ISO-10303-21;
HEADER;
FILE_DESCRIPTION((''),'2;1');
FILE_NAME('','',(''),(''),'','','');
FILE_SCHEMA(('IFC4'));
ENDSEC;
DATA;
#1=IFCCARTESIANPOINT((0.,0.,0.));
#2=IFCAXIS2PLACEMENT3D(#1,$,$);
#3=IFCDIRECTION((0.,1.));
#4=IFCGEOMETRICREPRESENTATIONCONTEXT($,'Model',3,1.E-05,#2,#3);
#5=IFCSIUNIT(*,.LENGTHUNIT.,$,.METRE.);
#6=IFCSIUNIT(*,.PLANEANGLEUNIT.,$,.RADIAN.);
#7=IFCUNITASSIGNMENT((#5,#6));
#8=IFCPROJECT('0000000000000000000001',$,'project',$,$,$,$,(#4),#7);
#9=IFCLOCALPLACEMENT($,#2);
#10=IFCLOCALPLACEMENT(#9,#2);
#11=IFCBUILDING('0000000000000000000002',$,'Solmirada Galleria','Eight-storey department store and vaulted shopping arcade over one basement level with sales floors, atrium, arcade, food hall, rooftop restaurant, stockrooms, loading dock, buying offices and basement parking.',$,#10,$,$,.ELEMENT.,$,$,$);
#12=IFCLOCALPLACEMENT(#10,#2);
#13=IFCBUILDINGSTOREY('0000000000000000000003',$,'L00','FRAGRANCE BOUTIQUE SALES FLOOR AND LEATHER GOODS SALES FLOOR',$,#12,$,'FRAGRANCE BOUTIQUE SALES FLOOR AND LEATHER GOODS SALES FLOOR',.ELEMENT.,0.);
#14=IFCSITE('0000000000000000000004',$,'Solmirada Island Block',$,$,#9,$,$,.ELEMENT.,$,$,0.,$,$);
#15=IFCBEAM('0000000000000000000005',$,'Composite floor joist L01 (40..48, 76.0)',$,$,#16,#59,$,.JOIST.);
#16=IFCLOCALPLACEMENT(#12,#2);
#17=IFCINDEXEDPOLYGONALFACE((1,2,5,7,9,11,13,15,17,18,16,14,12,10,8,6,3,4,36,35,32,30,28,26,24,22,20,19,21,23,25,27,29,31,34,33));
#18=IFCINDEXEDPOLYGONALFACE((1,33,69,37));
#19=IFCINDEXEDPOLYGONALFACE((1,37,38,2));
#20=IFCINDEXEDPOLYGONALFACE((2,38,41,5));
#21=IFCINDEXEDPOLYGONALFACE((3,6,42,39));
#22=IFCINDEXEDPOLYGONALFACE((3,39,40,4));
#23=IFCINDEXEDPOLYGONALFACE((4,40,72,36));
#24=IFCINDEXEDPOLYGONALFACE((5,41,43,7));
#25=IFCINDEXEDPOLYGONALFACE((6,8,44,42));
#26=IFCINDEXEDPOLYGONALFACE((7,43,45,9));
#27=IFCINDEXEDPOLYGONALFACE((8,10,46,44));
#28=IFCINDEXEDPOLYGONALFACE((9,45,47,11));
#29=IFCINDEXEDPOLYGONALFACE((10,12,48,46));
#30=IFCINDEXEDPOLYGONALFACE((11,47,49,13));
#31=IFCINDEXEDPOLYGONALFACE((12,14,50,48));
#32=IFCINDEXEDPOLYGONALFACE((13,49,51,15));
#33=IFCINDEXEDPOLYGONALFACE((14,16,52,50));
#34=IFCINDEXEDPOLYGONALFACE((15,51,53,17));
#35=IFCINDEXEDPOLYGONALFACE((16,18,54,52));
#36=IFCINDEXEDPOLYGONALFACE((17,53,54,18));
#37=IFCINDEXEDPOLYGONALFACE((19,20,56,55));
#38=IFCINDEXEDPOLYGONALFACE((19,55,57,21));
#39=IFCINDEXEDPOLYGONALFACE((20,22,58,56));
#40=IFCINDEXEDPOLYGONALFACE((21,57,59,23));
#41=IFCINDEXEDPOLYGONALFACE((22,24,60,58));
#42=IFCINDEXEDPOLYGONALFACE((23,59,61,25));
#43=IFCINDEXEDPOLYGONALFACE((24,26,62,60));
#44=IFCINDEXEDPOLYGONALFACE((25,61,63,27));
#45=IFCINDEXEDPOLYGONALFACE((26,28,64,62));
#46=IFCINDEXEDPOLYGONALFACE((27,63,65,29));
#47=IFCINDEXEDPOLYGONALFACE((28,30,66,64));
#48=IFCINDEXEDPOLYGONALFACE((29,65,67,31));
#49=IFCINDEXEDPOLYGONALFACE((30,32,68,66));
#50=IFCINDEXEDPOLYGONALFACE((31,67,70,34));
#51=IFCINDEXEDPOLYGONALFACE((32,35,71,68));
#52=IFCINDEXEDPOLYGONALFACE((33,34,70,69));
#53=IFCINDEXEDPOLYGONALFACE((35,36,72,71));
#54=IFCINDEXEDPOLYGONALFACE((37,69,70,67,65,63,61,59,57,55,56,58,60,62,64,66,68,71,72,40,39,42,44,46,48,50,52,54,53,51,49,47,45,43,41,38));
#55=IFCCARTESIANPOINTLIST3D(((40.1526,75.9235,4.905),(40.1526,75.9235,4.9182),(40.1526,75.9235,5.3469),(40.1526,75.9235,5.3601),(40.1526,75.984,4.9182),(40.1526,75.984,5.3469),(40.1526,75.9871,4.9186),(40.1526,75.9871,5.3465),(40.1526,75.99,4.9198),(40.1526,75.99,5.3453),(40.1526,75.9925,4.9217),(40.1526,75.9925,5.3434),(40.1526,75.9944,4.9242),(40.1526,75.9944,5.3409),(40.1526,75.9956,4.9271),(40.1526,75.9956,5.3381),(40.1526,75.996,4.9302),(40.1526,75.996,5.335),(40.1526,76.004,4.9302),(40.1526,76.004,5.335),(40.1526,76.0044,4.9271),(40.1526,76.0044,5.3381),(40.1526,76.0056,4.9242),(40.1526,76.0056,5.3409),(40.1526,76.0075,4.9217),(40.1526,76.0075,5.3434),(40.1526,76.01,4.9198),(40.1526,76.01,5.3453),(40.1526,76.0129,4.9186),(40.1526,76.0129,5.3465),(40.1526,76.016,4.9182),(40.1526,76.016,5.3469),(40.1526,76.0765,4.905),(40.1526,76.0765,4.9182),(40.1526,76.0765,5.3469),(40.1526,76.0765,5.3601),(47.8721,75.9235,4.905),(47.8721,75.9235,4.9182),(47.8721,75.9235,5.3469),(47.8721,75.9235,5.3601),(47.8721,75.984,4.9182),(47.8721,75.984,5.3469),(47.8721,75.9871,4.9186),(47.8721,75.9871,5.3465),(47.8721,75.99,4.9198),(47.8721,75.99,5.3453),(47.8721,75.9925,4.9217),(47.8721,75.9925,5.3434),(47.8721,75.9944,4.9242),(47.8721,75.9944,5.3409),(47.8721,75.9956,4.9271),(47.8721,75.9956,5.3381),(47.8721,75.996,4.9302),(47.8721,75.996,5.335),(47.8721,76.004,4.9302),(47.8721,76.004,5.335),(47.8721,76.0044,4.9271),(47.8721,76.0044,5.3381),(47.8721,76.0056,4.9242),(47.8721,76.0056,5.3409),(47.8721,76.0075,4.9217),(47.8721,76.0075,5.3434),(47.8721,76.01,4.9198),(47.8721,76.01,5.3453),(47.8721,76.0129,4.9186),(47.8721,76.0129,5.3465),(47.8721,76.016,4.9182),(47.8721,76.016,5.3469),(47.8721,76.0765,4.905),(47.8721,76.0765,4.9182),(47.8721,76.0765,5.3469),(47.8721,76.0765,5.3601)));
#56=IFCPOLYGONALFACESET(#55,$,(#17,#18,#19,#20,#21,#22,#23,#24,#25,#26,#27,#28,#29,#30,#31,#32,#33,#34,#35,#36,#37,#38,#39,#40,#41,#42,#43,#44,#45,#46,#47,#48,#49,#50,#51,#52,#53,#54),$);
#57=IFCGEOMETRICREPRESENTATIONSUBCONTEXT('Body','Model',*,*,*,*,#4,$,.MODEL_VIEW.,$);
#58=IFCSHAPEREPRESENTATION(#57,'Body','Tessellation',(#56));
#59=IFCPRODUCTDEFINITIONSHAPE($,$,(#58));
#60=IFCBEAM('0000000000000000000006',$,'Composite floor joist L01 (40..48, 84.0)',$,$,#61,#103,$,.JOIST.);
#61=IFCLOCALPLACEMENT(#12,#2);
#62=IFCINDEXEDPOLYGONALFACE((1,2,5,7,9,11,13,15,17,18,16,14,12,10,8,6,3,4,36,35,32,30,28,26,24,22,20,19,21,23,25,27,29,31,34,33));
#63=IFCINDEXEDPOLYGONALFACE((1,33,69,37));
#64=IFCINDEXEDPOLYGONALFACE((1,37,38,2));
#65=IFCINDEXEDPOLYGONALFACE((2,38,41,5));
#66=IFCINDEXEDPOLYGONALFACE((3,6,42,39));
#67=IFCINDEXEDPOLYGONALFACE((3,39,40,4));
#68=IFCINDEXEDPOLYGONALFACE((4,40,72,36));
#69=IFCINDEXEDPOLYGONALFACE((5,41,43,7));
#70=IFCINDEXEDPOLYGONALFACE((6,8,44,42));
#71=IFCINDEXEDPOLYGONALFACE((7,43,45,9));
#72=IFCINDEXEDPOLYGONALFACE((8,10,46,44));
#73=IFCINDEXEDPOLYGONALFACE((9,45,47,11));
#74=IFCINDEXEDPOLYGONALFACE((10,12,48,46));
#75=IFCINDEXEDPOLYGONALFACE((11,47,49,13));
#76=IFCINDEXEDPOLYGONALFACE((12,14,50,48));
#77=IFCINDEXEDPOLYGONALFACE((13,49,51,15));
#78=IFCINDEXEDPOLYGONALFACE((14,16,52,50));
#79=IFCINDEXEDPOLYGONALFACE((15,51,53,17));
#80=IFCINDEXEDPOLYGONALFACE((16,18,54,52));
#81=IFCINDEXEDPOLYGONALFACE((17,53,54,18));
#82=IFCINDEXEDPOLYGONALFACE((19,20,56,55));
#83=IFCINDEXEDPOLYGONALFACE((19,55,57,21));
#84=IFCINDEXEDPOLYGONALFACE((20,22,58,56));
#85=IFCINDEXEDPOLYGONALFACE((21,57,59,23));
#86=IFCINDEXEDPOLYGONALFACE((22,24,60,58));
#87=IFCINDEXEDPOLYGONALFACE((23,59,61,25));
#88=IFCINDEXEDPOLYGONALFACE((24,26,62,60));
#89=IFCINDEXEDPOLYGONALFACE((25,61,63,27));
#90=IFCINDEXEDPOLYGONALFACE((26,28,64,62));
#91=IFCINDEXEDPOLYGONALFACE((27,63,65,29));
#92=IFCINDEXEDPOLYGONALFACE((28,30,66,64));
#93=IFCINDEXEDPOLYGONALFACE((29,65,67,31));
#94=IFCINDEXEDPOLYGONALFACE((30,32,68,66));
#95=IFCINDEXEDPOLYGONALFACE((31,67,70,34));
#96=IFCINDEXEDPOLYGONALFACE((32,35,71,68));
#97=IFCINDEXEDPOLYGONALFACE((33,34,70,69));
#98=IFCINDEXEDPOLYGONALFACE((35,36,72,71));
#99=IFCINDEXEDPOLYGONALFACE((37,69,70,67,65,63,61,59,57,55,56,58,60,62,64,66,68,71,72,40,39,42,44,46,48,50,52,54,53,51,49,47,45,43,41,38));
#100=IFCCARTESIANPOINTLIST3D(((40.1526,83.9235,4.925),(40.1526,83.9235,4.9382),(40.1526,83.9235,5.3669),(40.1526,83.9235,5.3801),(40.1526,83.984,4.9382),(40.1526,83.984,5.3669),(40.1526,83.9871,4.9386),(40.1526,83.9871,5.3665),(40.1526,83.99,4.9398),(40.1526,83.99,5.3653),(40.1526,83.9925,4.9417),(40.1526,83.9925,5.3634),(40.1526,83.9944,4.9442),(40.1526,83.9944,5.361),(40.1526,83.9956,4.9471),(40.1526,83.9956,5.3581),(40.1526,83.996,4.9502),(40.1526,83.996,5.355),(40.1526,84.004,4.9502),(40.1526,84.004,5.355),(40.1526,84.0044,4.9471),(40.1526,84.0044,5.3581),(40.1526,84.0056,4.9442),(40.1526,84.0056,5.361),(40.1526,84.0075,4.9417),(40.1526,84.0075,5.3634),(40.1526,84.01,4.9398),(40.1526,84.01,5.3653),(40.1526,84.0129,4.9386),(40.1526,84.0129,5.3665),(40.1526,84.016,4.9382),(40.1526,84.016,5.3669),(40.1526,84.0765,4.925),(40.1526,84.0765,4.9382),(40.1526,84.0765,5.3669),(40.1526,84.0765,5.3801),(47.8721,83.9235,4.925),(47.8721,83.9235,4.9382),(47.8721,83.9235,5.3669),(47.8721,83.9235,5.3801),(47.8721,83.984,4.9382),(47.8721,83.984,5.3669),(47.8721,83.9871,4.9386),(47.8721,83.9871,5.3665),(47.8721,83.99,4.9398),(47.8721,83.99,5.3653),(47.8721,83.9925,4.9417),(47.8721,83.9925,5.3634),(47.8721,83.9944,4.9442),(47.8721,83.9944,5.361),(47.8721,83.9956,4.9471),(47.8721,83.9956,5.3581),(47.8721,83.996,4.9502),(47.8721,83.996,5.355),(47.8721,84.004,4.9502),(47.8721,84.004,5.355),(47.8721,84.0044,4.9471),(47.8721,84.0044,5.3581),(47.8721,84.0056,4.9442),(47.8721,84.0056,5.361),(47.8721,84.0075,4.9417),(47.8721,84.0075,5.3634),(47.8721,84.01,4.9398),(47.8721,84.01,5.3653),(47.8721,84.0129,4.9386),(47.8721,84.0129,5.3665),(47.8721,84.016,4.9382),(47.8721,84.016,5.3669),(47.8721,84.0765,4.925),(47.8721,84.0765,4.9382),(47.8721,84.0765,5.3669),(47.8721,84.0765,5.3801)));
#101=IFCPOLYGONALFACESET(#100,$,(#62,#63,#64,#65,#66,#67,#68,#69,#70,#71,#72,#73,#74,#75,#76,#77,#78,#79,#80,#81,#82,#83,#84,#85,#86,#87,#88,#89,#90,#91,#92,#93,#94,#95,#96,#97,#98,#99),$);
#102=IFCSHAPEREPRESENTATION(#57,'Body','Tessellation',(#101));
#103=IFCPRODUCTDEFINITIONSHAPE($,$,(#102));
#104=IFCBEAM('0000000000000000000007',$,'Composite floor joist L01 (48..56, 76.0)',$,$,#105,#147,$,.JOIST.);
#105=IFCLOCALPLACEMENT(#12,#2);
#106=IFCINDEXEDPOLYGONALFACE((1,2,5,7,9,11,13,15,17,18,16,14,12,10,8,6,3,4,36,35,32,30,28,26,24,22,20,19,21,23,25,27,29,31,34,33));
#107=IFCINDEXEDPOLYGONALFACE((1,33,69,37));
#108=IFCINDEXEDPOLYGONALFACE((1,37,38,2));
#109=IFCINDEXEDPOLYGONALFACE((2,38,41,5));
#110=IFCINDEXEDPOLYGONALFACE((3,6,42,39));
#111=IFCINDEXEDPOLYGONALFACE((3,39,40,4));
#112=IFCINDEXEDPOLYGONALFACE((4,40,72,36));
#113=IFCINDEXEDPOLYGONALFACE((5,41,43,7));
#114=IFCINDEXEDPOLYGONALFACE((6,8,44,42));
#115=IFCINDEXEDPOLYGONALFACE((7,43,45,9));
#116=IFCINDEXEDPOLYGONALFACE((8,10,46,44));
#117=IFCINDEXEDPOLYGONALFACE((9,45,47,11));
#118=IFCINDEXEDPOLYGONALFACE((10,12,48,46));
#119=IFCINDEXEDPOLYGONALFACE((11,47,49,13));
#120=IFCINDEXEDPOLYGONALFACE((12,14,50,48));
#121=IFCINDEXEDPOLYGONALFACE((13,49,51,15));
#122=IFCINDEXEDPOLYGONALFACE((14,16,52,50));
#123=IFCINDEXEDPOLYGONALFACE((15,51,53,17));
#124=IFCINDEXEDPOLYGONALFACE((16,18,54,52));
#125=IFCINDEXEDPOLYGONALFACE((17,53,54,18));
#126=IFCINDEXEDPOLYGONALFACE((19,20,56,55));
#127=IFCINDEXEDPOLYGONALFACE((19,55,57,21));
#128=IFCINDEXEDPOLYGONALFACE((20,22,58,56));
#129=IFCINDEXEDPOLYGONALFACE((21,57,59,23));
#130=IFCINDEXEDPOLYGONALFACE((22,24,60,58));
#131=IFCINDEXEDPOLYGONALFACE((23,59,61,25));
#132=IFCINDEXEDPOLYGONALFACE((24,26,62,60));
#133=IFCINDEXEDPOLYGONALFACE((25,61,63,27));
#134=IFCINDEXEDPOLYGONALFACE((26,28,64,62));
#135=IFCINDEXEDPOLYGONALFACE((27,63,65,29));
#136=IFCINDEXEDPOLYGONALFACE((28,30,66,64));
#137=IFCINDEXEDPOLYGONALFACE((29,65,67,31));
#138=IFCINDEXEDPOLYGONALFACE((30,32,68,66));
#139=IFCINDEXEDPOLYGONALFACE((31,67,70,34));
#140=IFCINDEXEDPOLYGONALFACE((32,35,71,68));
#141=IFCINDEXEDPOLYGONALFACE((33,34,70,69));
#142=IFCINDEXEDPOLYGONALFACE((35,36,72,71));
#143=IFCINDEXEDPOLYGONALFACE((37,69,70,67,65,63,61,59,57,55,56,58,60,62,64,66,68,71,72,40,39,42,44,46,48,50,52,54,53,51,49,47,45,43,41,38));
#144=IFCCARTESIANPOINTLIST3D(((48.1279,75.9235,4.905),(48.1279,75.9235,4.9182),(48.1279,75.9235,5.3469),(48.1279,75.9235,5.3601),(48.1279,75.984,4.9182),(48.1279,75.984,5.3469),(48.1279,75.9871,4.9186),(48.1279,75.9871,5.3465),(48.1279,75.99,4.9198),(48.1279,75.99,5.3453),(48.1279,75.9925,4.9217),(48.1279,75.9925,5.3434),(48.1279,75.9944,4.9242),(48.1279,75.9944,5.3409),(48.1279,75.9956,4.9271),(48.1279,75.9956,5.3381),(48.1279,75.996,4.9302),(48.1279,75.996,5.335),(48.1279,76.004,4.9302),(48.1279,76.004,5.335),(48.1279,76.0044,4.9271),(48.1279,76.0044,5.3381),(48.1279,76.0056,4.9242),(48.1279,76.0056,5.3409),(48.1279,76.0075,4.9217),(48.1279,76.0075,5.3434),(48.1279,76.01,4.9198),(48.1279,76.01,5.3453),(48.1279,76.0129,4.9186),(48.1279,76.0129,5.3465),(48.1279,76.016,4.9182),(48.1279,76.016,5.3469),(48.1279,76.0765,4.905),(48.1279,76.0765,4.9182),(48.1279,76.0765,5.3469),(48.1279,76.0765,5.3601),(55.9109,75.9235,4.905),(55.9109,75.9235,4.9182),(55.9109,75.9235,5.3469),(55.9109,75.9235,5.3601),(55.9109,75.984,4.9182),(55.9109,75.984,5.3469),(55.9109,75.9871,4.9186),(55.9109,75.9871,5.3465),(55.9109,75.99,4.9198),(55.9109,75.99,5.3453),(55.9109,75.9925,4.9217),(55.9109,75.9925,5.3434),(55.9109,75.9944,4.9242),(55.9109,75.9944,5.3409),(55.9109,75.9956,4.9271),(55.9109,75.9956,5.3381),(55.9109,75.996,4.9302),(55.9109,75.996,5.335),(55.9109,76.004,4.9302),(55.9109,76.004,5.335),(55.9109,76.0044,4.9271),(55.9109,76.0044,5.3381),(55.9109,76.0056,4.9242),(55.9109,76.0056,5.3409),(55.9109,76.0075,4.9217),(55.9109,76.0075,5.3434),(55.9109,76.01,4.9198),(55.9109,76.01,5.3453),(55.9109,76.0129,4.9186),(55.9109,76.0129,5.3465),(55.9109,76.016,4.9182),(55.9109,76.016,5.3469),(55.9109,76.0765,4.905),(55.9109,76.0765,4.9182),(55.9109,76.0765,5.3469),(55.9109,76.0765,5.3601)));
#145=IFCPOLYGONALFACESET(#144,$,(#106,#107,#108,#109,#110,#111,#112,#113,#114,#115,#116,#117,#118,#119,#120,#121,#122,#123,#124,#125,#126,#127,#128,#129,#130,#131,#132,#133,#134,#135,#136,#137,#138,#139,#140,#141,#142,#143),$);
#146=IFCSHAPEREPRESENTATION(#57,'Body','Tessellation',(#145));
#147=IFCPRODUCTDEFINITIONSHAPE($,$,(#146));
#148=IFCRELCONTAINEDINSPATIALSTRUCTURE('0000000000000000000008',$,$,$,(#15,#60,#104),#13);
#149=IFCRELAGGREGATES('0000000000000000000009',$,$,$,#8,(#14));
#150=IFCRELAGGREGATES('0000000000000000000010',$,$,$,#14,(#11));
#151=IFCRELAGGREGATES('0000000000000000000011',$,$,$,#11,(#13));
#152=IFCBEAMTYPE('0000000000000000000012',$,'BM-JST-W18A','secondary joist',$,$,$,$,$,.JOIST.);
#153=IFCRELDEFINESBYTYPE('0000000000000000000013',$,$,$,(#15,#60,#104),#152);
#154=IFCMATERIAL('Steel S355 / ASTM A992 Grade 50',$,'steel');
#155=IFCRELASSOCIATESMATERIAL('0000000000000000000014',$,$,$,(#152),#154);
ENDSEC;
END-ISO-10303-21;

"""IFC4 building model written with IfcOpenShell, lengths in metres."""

from ifc_helpers import new_model, si_unit, direction, frame, origin, origin_2d, place, context, subcontext, project, spatial, i_section, extrude, material, material_profile, profile_set, type_object, element, save


model = new_model("IFC4")

# Units and contexts
model_context = context("Model", 3, precision=1e-05, world=origin(), true_north=direction((0.0, 1.0)))
body_context = subcontext(model_context, "Body", "Model", "MODEL_VIEW")
ifc_project = project(units=[si_unit("LENGTHUNIT", "METRE"), si_unit("PLANEANGLEUNIT", "RADIAN")], contexts=[model_context])

# Site, building, storey
site_placement = place(None, origin())
site = spatial("IfcSite", under=ifc_project, at=site_placement, Name="Solmirada Island Block", CompositionType="ELEMENT", RefElevation=0.0)
building_placement = place(site_placement, origin())
building = spatial("IfcBuilding", under=site, at=building_placement, Name="Solmirada Galleria", Description="Eight-storey department store and vaulted shopping arcade over one basement level with sales floors, atrium, arcade, food hall, rooftop restaurant, stockrooms, loading dock, buying offices and basement parking.", CompositionType="ELEMENT")
storey_placement = place(building_placement, origin())
storey = spatial("IfcBuildingStorey", under=building, at=storey_placement, Name="L00", Description="FRAGRANCE BOUTIQUE SALES FLOOR AND LEATHER GOODS SALES FLOOR", LongName="FRAGRANCE BOUTIQUE SALES FLOOR AND LEATHER GOODS SALES FLOOR", CompositionType="ELEMENT", Elevation=0.0)

# Beams
ifc_material_1 = material(Name="Steel S355 / ASTM A992 Grade 50", Category="steel")
ifc_material_profile_1 = material_profile(ifc_material_1, i_section(OverallWidth=0.1531, OverallDepth=0.4551, WebThickness=0.0081, FlangeThickness=0.0132, FilletRadius=0.012, at=origin_2d()), Name="W18X40")
ifc_profile_set_1 = profile_set([ifc_material_profile_1], Name="Steel S355 / ASTM A992 Grade 50")
beam_type_1 = type_object("IfcBeamType", Name="BM-JST-W18A", Description="secondary joist", PredefinedType="JOIST", material=ifc_profile_set_1)
for number, where, z_axis, x_axis, name in (
    (1, (40.1526, 76.0, 5.1326), (1.0, 0.0, 0.0), (0.0, 1.0, 0.0), "Composite floor joist L01 (40..48, 76.0)"),
    (2, (40.1526, 84.0, 5.1526), (1.0, 0.0, 0.0), (0.0, 1.0, 0.0), "Composite floor joist L01 (40..48, 84.0)"),
):
    element("IfcBeam", number, at=place(storey_placement, frame(where, z_axis=z_axis, x_axis=x_axis)), inside=storey, type_object=beam_type_1, Name=name, PredefinedType="JOIST", context=body_context, shape_type="SweptSolid", body=[
        extrude(i_section(OverallWidth=0.1531, OverallDepth=0.4551, WebThickness=0.0081, FlangeThickness=0.0132, FilletRadius=0.012, at=origin_2d()), origin(), (0.0, 0.0, 1.0), 7.7195),
    ])
beam_1_placement = place(storey_placement, frame((48.1279, 76.0, 5.1326), z_axis=(1.0, 0.0, 0.0), x_axis=(0.0, 1.0, 0.0)))
element("IfcBeam", 3, at=beam_1_placement, inside=storey, type_object=beam_type_1, Name="Composite floor joist L01 (48..56, 76.0)", PredefinedType="JOIST", context=body_context, shape_type="SweptSolid", body=[
    extrude(i_section(OverallWidth=0.1531, OverallDepth=0.4551, WebThickness=0.0081, FlangeThickness=0.0132, FilletRadius=0.012, at=origin_2d()), origin(), (0.0, 0.0, 1.0), 7.783),
])

save(model, "model.ifc")
